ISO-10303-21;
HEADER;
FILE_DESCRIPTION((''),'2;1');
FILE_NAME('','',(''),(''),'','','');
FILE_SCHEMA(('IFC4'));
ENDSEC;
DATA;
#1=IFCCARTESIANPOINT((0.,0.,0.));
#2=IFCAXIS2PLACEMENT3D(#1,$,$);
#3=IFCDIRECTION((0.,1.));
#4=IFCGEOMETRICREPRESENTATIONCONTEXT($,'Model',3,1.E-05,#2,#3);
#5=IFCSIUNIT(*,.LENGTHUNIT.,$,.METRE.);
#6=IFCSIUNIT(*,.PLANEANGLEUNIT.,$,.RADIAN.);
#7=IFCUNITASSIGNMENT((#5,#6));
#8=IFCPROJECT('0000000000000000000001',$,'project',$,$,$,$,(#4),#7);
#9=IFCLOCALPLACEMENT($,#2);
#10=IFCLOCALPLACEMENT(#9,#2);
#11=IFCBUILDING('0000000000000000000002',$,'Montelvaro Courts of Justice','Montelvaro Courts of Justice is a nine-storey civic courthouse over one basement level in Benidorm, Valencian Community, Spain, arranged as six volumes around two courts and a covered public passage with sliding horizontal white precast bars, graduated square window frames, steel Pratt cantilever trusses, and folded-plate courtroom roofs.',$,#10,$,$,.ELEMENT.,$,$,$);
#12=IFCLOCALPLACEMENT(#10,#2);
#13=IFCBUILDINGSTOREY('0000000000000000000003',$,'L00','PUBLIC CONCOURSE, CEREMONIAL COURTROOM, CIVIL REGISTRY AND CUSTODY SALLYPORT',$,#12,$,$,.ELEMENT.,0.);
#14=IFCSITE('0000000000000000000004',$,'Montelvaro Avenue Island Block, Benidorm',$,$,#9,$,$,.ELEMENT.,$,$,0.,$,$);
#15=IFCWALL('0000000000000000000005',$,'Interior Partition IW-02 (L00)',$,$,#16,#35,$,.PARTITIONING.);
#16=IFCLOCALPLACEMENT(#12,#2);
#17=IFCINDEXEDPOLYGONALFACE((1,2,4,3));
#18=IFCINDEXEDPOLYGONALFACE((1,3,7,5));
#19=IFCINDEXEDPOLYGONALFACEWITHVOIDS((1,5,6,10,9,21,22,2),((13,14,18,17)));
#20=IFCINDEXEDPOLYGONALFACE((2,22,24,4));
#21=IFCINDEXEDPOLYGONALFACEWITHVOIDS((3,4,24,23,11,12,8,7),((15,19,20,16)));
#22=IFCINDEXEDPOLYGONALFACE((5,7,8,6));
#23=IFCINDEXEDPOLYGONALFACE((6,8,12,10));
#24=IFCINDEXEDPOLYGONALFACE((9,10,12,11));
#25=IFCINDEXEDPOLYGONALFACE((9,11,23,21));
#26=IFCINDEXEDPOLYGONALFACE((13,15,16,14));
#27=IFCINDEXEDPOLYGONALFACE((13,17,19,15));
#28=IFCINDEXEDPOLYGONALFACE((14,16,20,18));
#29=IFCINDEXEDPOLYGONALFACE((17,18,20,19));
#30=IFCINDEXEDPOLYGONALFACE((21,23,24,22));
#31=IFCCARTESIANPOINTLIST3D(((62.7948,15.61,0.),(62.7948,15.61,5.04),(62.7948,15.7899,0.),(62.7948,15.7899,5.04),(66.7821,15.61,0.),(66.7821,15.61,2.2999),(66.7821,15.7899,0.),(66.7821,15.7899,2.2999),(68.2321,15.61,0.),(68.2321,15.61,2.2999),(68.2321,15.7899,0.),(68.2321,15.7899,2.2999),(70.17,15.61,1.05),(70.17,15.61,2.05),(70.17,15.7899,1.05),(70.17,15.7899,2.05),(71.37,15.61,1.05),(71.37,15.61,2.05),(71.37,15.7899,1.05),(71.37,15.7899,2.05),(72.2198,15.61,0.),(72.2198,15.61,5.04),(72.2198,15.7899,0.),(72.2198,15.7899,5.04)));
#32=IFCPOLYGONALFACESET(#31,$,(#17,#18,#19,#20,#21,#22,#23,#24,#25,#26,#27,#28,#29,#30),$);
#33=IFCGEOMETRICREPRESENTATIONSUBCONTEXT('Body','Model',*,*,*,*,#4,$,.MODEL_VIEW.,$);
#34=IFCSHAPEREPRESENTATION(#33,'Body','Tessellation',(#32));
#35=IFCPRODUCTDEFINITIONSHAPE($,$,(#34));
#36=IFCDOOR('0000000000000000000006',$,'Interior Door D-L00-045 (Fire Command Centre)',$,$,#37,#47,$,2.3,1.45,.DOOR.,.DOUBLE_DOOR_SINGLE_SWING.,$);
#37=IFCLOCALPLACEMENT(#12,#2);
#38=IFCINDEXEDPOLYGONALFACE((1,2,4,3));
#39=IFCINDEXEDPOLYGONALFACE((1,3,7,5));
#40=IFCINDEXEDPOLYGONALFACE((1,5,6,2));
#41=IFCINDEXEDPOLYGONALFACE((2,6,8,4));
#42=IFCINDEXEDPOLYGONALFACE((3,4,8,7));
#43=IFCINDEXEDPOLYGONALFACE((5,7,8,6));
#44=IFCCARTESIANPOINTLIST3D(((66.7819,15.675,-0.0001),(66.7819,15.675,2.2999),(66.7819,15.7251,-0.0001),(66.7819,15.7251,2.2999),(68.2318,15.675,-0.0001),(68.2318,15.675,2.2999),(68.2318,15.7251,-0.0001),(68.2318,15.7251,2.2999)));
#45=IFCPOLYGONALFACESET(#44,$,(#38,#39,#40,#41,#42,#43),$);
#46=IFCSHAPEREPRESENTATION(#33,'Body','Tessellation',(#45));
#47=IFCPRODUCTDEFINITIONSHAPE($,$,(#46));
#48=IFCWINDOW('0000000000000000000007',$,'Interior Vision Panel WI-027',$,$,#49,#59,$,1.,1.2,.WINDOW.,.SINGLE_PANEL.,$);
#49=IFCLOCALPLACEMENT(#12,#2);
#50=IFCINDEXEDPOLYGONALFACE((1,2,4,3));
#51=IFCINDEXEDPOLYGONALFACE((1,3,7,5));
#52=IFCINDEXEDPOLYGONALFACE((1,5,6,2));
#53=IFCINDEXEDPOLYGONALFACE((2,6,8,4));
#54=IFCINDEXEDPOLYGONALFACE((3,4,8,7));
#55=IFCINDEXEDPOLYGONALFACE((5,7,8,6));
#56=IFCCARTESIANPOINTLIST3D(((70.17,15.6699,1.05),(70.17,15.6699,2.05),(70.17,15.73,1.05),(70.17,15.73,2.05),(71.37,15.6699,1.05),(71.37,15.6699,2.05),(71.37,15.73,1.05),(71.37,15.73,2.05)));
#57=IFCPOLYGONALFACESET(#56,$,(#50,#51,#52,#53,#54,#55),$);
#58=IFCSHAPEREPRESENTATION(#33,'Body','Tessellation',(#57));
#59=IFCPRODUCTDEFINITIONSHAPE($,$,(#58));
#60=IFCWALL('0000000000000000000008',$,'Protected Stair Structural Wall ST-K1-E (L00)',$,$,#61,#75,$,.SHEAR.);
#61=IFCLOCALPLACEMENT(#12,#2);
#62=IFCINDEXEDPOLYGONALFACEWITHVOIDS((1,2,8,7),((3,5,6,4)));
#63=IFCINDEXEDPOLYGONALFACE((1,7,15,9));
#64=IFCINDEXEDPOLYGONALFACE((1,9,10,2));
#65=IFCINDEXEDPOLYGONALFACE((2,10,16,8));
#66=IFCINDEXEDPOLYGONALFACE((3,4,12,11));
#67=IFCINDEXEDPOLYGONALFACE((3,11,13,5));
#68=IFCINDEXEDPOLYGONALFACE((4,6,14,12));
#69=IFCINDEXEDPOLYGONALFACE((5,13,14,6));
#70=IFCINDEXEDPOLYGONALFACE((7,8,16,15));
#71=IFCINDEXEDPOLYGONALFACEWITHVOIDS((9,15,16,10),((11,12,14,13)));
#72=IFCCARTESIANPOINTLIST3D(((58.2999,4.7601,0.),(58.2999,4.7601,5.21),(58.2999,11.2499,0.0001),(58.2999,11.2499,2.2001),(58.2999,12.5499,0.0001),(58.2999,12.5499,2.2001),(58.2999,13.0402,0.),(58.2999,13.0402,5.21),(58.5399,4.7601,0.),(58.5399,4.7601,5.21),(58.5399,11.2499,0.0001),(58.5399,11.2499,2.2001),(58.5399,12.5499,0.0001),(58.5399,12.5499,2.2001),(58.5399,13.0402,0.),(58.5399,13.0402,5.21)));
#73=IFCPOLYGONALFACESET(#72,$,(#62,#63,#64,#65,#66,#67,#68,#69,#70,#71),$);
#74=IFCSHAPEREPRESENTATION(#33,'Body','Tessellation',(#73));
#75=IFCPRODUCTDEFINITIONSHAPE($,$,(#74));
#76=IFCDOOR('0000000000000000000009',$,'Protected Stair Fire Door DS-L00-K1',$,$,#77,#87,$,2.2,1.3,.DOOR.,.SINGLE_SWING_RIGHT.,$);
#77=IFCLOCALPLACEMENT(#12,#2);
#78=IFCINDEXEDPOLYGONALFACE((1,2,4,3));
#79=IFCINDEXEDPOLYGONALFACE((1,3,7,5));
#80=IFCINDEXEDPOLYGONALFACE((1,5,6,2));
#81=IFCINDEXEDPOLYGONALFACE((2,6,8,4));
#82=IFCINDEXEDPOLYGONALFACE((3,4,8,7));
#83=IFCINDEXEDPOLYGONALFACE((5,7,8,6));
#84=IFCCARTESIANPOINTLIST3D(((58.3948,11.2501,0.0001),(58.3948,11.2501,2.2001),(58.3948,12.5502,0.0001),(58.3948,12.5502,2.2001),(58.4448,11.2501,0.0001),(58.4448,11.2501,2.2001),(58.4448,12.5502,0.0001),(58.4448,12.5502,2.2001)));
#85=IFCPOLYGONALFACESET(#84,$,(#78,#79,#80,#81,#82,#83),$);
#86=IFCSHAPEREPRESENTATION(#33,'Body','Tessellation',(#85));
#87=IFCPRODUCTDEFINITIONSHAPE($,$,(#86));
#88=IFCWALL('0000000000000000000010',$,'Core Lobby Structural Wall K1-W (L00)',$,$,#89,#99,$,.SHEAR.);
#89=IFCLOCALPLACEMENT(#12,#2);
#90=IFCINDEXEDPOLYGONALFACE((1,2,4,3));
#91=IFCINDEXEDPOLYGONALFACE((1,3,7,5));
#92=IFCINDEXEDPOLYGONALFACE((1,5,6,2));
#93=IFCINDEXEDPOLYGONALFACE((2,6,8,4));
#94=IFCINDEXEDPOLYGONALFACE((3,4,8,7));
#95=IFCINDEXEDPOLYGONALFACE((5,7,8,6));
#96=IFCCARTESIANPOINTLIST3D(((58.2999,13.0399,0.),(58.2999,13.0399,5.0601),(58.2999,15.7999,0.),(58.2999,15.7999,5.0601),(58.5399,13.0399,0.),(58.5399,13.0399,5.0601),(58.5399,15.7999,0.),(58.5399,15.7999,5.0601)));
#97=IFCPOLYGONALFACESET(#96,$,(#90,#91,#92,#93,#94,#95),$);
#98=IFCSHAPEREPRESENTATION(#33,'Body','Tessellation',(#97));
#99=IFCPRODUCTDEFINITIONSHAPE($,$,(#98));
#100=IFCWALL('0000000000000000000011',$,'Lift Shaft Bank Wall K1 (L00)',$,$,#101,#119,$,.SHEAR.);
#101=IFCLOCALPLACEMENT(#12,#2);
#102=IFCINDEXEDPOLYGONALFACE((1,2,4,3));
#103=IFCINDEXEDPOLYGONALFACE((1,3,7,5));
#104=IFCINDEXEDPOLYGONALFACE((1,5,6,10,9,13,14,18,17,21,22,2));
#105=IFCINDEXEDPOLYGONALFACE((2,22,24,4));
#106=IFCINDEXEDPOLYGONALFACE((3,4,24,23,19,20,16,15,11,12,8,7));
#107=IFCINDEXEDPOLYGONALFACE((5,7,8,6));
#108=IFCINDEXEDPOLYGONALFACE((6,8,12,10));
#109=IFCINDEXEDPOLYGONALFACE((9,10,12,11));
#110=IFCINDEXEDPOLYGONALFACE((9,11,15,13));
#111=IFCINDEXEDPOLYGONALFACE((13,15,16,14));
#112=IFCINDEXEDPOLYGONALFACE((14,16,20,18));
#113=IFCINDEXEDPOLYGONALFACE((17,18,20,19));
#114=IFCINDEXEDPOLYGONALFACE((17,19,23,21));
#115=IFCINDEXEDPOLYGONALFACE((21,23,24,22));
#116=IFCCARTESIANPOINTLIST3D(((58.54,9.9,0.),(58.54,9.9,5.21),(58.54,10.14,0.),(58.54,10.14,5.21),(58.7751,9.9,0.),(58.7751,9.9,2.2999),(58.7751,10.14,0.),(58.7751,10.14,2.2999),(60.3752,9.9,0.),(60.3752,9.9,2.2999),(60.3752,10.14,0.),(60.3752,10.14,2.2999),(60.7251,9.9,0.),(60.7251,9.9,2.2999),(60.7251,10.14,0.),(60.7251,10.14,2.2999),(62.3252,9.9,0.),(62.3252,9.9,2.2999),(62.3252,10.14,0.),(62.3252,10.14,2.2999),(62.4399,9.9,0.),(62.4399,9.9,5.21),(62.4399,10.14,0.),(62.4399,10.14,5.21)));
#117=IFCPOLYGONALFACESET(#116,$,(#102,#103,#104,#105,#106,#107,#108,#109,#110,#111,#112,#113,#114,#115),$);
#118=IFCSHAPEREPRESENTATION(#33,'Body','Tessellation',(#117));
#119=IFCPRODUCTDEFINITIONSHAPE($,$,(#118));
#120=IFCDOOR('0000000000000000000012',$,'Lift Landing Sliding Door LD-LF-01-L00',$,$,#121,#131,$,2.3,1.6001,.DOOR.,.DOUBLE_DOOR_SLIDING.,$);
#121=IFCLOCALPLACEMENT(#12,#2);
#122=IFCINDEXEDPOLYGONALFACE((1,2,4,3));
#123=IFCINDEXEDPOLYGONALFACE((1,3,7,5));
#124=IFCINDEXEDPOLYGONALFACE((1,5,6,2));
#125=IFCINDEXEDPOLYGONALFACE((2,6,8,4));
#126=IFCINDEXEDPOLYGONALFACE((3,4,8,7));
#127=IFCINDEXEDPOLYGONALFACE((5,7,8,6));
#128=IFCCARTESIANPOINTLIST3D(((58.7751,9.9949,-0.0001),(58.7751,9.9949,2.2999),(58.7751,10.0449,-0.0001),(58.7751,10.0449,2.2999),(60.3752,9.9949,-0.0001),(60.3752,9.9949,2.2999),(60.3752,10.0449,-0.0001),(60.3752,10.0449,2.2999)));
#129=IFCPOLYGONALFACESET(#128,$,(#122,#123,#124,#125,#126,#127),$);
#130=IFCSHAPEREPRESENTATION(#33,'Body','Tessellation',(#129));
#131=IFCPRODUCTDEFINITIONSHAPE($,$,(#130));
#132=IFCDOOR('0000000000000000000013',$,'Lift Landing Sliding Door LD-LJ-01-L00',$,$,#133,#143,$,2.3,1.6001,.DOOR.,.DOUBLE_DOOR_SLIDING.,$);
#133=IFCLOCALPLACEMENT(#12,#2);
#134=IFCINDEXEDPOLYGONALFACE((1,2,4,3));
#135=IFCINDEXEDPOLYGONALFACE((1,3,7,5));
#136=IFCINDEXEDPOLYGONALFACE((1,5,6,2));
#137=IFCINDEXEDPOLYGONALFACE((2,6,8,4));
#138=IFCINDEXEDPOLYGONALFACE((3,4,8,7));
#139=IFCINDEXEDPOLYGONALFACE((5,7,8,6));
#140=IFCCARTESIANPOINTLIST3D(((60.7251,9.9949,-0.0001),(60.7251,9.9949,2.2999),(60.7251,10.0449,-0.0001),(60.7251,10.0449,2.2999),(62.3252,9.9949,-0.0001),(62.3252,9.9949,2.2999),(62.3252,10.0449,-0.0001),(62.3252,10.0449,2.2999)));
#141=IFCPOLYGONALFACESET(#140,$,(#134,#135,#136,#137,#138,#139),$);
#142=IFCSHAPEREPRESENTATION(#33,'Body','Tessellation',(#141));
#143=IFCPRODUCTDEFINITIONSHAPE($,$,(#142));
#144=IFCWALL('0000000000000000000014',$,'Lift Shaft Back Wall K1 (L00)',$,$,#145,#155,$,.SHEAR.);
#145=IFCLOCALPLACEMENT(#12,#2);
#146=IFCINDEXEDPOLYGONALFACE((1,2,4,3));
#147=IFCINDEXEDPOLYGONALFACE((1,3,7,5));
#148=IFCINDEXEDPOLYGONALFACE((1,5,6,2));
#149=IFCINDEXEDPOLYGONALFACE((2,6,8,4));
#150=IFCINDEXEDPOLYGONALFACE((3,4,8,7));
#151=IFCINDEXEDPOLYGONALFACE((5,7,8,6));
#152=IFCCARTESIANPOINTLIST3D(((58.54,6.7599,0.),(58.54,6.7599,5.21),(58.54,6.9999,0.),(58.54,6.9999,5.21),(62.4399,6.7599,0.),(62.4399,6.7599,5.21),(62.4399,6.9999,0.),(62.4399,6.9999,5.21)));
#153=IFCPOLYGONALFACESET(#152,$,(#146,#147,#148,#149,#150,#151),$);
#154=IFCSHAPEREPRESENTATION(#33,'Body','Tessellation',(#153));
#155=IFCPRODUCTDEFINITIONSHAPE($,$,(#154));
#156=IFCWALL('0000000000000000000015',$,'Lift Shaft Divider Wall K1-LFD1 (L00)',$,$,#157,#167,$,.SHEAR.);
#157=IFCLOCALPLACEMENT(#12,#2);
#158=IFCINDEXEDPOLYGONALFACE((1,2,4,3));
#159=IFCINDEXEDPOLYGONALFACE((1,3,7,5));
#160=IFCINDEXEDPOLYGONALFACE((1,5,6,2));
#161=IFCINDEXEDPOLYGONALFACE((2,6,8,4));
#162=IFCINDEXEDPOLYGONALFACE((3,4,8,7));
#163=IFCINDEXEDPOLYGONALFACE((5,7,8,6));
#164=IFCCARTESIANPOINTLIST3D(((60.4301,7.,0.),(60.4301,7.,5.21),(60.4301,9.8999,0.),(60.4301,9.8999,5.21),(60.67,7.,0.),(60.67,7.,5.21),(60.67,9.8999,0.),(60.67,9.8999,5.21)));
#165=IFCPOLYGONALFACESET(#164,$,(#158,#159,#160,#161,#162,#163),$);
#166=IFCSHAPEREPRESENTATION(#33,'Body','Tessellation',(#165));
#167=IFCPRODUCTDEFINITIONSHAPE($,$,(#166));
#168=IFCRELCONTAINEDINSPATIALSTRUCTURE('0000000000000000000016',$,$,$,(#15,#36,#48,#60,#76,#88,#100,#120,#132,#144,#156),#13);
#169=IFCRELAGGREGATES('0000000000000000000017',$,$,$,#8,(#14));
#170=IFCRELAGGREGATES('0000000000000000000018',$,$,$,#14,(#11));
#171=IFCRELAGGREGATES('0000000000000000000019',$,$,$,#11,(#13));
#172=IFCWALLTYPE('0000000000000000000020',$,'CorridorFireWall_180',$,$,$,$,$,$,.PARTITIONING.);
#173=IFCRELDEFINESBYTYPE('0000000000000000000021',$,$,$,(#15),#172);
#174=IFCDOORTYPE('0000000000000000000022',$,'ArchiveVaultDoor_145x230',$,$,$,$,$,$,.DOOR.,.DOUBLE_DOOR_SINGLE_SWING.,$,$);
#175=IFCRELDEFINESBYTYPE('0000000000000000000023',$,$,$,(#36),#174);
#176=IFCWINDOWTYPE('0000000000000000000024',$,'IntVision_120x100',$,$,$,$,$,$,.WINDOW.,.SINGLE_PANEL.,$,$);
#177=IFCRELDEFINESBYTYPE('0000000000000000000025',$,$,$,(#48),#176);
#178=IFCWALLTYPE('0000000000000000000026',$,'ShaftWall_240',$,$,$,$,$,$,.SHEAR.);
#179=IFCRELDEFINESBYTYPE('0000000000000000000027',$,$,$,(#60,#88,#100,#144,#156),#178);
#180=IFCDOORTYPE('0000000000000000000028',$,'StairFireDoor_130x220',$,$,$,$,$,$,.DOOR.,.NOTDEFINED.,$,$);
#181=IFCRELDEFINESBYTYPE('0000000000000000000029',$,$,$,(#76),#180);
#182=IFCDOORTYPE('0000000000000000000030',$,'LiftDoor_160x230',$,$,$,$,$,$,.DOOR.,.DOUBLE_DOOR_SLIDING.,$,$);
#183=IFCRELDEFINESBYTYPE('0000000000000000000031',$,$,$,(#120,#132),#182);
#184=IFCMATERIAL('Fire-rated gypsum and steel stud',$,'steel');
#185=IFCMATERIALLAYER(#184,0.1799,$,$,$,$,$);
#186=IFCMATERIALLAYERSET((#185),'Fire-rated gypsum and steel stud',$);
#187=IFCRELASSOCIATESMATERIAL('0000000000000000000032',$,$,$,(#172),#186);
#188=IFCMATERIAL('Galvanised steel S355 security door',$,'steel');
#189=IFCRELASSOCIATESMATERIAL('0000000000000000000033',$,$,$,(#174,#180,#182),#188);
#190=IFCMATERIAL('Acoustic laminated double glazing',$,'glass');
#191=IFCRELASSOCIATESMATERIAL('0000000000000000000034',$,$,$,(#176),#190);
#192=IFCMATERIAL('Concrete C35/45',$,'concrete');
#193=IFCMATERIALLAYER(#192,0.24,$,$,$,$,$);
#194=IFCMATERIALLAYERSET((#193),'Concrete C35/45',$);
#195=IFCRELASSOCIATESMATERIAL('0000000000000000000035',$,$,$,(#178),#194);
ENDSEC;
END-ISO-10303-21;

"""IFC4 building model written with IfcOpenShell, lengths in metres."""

from ifc_helpers import new_model, si_unit, direction, frame, frame_2d, origin, place, context, subcontext, project, spatial, rectangle, extrude, material, layer, layer_set, type_object, element, fill, save


model = new_model("IFC4")

# Units and contexts
model_context = context("Model", 3, precision=1e-05, world=origin(), true_north=direction((0.0, 1.0)))
body_context = subcontext(model_context, "Body", "Model", "MODEL_VIEW")
ifc_project = project(units=[si_unit("LENGTHUNIT", "METRE"), si_unit("PLANEANGLEUNIT", "RADIAN")], contexts=[model_context])

# Site, building, storey
site_placement = place(None, origin())
site = spatial("IfcSite", under=ifc_project, at=site_placement, Name="Montelvaro Avenue Island Block, Benidorm", CompositionType="ELEMENT", RefElevation=0.0)
building_placement = place(site_placement, origin())
building = spatial("IfcBuilding", under=site, at=building_placement, Name="Montelvaro Courts of Justice", Description="Montelvaro Courts of Justice is a nine-storey civic courthouse over one basement level in Benidorm, Valencian Community, Spain, arranged as six volumes around two courts and a covered public passage with sliding horizontal white precast bars, graduated square window frames, steel Pratt cantilever trusses, and folded-plate courtroom roofs.", CompositionType="ELEMENT")
storey_placement = place(building_placement, origin())
storey = spatial("IfcBuildingStorey", under=building, at=storey_placement, Name="L00", Description="PUBLIC CONCOURSE, CEREMONIAL COURTROOM, CIVIL REGISTRY AND CUSTODY SALLYPORT", CompositionType="ELEMENT", Elevation=0.0)

# Shared definitions
ifc_material_1 = material(Name="Galvanised steel S355 security door", Category="steel")

# Wall, openings, door, window
ifc_material_2 = material(Name="Fire-rated gypsum and steel stud", Category="steel")
ifc_layer_1 = layer(ifc_material_2, 0.1799)
ifc_layer_set_1 = layer_set([ifc_layer_1], Name="Fire-rated gypsum and steel stud")
wall_type_1 = type_object("IfcWallType", Name="CorridorFireWall_180", PredefinedType="PARTITIONING", material=ifc_layer_set_1)
wall_1_placement = place(storey_placement, frame((62.7949, 15.7, 0.0), z_axis=(0.0, 0.0, 1.0), x_axis=(1.0, 0.0, 0.0)))
wall_1 = element("IfcWall", 1, at=wall_1_placement, inside=storey, type_object=wall_type_1, Name="Interior Partition IW-02 (L00)", PredefinedType="PARTITIONING", context=body_context, shape_type="SweptSolid", body=[
    extrude(rectangle(XDim=9.425, YDim=0.1799, at=frame_2d((4.7124, 0.0))), origin(), (0.0, 0.0, 1.0), 5.04),
])
opening_1_placement = place(wall_1_placement, frame((3.9871, 0.0, 0.0)))
opening_1 = element("IfcOpeningElement", 2, at=opening_1_placement, cuts=wall_1, PredefinedType="OPENING", context=body_context, shape_type="SweptSolid", body=[
    extrude(rectangle(XDim=1.45, YDim=2.3, at=frame_2d((0.7251, 1.1499))), frame((0.0, 0.105, 0.0), z_axis=(0.0, -1.0, 0.0), x_axis=(1.0, 0.0, 0.0)), (0.0, 0.0, 1.0), 0.2097),
])
opening_2_placement = place(wall_1_placement, frame((7.375, 0.0, 1.05)))
opening_2 = element("IfcOpeningElement", 3, at=opening_2_placement, cuts=wall_1, PredefinedType="OPENING", context=body_context, shape_type="SweptSolid", body=[
    extrude(rectangle(XDim=1.2, YDim=1.0, at=frame_2d((0.6001, 0.5))), frame((0.0, 0.105, 0.0), z_axis=(0.0, -1.0, 0.0), x_axis=(1.0, 0.0, 0.0)), (0.0, 0.0, 1.0), 0.2097),
])
door_type_1 = type_object("IfcDoorType", Name="ArchiveVaultDoor_145x230", OperationType="DOUBLE_DOOR_SINGLE_SWING", PredefinedType="DOOR", material=ifc_material_1)
door_1_placement = place(opening_1_placement, frame((1.45, 0.0, 0.0), z_axis=(0.0, 0.0, 1.0), x_axis=(-1.0, 0.0, 0.0)))
door_1 = element("IfcDoor", 4, at=door_1_placement, inside=storey, type_object=door_type_1, Name="Interior Door D-L00-045 (Fire Command Centre)", OperationType="DOUBLE_DOOR_SINGLE_SWING", OverallHeight=2.3, OverallWidth=1.45, PredefinedType="DOOR", context=body_context, shape_type="SweptSolid", body=[
    extrude(rectangle(XDim=1.45, YDim=2.3, at=frame_2d((0.7251, 1.1499))), frame((0.0, 0.0249, 0.0), z_axis=(0.0, -1.0, 0.0), x_axis=(1.0, 0.0, 0.0)), (0.0, 0.0, 1.0), 0.05),
])
fill(opening_1, door_1)
ifc_material_3 = material(Name="Acoustic laminated double glazing", Category="glass")
window_type = type_object("IfcWindowType", Name="IntVision_120x100", PartitioningType="SINGLE_PANEL", PredefinedType="WINDOW", material=ifc_material_3)
window_placement = place(opening_2_placement, origin())
window = element("IfcWindow", 5, at=window_placement, inside=storey, type_object=window_type, Name="Interior Vision Panel WI-027", OverallHeight=1.0, OverallWidth=1.2, PartitioningType="SINGLE_PANEL", PredefinedType="WINDOW", context=body_context, shape_type="SweptSolid", body=[
    extrude(rectangle(XDim=1.2, YDim=1.0, at=frame_2d((0.6001, 0.5))), frame((0.0, 0.03, 0.0), z_axis=(0.0, -1.0, 0.0), x_axis=(1.0, 0.0, 0.0)), (0.0, 0.0, 1.0), 0.0601),
])
fill(opening_2, window)

# Wall, opening, door
ifc_material_4 = material(Name="Concrete C35/45", Category="concrete")
ifc_layer_2 = layer(ifc_material_4, 0.24)
ifc_layer_set_2 = layer_set([ifc_layer_2], Name="Concrete C35/45")
wall_type_2 = type_object("IfcWallType", Name="ShaftWall_240", PredefinedType="SHEAR", material=ifc_layer_set_2)
wall_2_placement = place(storey_placement, frame((58.4199, 4.76, 0.0), z_axis=(0.0, 0.0, 1.0), x_axis=(0.0, 1.0, 0.0)))
wall_2 = element("IfcWall", 6, at=wall_2_placement, inside=storey, type_object=wall_type_2, Name="Protected Stair Structural Wall ST-K1-E (L00)", PredefinedType="SHEAR", context=body_context, shape_type="SweptSolid", body=[
    extrude(rectangle(XDim=8.28, YDim=0.24, at=frame_2d((4.1401, 0.0))), origin(), (0.0, 0.0, 1.0), 5.21),
])
opening_3_placement = place(wall_2_placement, frame((6.49, 0.0, 0.0)))
opening_3 = element("IfcOpeningElement", 7, at=opening_3_placement, cuts=wall_2, PredefinedType="OPENING", context=body_context, shape_type="SweptSolid", body=[
    extrude(rectangle(XDim=1.3, YDim=2.2, at=frame_2d((0.6499, 1.1001))), frame((0.0, 0.1348, 0.0), z_axis=(0.0, -1.0, 0.0), x_axis=(1.0, 0.0, 0.0)), (0.0, 0.0, 1.0), 0.2698),
])
door_type_2 = type_object("IfcDoorType", Name="StairFireDoor_130x220", OperationType="NOTDEFINED", PredefinedType="DOOR", material=ifc_material_1)
door_2_placement = place(opening_3_placement, frame((1.3, 0.0, 0.0), z_axis=(0.0, 0.0, 1.0), x_axis=(-1.0, 0.0, 0.0)))
door_2 = element("IfcDoor", 8, at=door_2_placement, inside=storey, type_object=door_type_2, Name="Protected Stair Fire Door DS-L00-K1", OperationType="SINGLE_SWING_RIGHT", OverallHeight=2.2, OverallWidth=1.3, PredefinedType="DOOR", context=body_context, shape_type="SweptSolid", body=[
    extrude(rectangle(XDim=1.3, YDim=2.2, at=frame_2d((0.6499, 1.1001))), frame((0.0, 0.0249, 0.0), z_axis=(0.0, -1.0, 0.0), x_axis=(1.0, 0.0, 0.0)), (0.0, 0.0, 1.0), 0.05),
])
fill(opening_3, door_2)

# Wall
wall_3_placement = place(storey_placement, frame((58.4199, 13.04, 0.0), z_axis=(0.0, 0.0, 1.0), x_axis=(0.0, 1.0, 0.0)))
element("IfcWall", 9, at=wall_3_placement, inside=storey, type_object=wall_type_2, Name="Core Lobby Structural Wall K1-W (L00)", PredefinedType="SHEAR", context=body_context, shape_type="SweptSolid", body=[
    extrude(rectangle(XDim=2.76, YDim=0.24, at=frame_2d((1.3799, 0.0))), origin(), (0.0, 0.0, 1.0), 5.0601),
])

# Wall, openings, doors
wall_4_placement = place(storey_placement, frame((58.54, 10.02, 0.0), z_axis=(0.0, 0.0, 1.0), x_axis=(1.0, 0.0, 0.0)))
wall_4 = element("IfcWall", 10, at=wall_4_placement, inside=storey, type_object=wall_type_2, Name="Lift Shaft Bank Wall K1 (L00)", PredefinedType="SHEAR", context=body_context, shape_type="SweptSolid", body=[
    extrude(rectangle(XDim=3.8999, YDim=0.24, at=frame_2d((1.95, 0.0))), origin(), (0.0, 0.0, 1.0), 5.21),
])
opening_4_placement = place(wall_4_placement, frame((0.2351, 0.0, 0.0)))
opening_4 = element("IfcOpeningElement", 11, at=opening_4_placement, cuts=wall_4, PredefinedType="OPENING", context=body_context, shape_type="SweptSolid", body=[
    extrude(rectangle(XDim=1.6001, YDim=2.3, at=frame_2d((0.8, 1.1499))), frame((0.0, 0.1348, 0.0), z_axis=(0.0, -1.0, 0.0), x_axis=(1.0, 0.0, 0.0)), (0.0, 0.0, 1.0), 0.2698),
])
opening_5_placement = place(wall_4_placement, frame((2.1851, 0.0, 0.0)))
opening_5 = element("IfcOpeningElement", 12, at=opening_5_placement, cuts=wall_4, PredefinedType="OPENING", context=body_context, shape_type="SweptSolid", body=[
    extrude(rectangle(XDim=1.6001, YDim=2.3, at=frame_2d((0.8, 1.1499))), frame((0.0, 0.1348, 0.0), z_axis=(0.0, -1.0, 0.0), x_axis=(1.0, 0.0, 0.0)), (0.0, 0.0, 1.0), 0.2698),
])
door_type_3 = type_object("IfcDoorType", Name="LiftDoor_160x230", OperationType="DOUBLE_DOOR_SLIDING", PredefinedType="DOOR", material=ifc_material_1)
door_3_placement = place(opening_4_placement, origin())
door_3 = element("IfcDoor", 13, at=door_3_placement, inside=storey, type_object=door_type_3, Name="Lift Landing Sliding Door LD-LF-01-L00", OperationType="DOUBLE_DOOR_SLIDING", OverallHeight=2.3, OverallWidth=1.6001, PredefinedType="DOOR", context=body_context, shape_type="SweptSolid", body=[
    extrude(rectangle(XDim=1.6001, YDim=2.3, at=frame_2d((0.8, 1.1499))), frame((0.0, 0.0249, 0.0), z_axis=(0.0, -1.0, 0.0), x_axis=(1.0, 0.0, 0.0)), (0.0, 0.0, 1.0), 0.05),
])
fill(opening_4, door_3)
door_4_placement = place(opening_5_placement, origin())
door_4 = element("IfcDoor", 14, at=door_4_placement, inside=storey, type_object=door_type_3, Name="Lift Landing Sliding Door LD-LJ-01-L00", OperationType="DOUBLE_DOOR_SLIDING", OverallHeight=2.3, OverallWidth=1.6001, PredefinedType="DOOR", context=body_context, shape_type="SweptSolid", body=[
    extrude(rectangle(XDim=1.6001, YDim=2.3, at=frame_2d((0.8, 1.1499))), frame((0.0, 0.0249, 0.0), z_axis=(0.0, -1.0, 0.0), x_axis=(1.0, 0.0, 0.0)), (0.0, 0.0, 1.0), 0.05),
])
fill(opening_5, door_4)

# Walls
wall_5_placement = place(storey_placement, frame((58.54, 6.8799, 0.0), z_axis=(0.0, 0.0, 1.0), x_axis=(1.0, 0.0, 0.0)))
element("IfcWall", 15, at=wall_5_placement, inside=storey, type_object=wall_type_2, Name="Lift Shaft Back Wall K1 (L00)", PredefinedType="SHEAR", context=body_context, shape_type="SweptSolid", body=[
    extrude(rectangle(XDim=3.8999, YDim=0.24, at=frame_2d((1.95, 0.0))), origin(), (0.0, 0.0, 1.0), 5.21),
])
wall_6_placement = place(storey_placement, frame((60.55, 7.0, 0.0), z_axis=(0.0, 0.0, 1.0), x_axis=(0.0, 1.0, 0.0)))
element("IfcWall", 16, at=wall_6_placement, inside=storey, type_object=wall_type_2, Name="Lift Shaft Divider Wall K1-LFD1 (L00)", PredefinedType="SHEAR", context=body_context, shape_type="SweptSolid", body=[
    extrude(rectangle(XDim=2.8999, YDim=0.24, at=frame_2d((1.45, 0.0))), origin(), (0.0, 0.0, 1.0), 5.21),
])

save(model, "model.ifc")
